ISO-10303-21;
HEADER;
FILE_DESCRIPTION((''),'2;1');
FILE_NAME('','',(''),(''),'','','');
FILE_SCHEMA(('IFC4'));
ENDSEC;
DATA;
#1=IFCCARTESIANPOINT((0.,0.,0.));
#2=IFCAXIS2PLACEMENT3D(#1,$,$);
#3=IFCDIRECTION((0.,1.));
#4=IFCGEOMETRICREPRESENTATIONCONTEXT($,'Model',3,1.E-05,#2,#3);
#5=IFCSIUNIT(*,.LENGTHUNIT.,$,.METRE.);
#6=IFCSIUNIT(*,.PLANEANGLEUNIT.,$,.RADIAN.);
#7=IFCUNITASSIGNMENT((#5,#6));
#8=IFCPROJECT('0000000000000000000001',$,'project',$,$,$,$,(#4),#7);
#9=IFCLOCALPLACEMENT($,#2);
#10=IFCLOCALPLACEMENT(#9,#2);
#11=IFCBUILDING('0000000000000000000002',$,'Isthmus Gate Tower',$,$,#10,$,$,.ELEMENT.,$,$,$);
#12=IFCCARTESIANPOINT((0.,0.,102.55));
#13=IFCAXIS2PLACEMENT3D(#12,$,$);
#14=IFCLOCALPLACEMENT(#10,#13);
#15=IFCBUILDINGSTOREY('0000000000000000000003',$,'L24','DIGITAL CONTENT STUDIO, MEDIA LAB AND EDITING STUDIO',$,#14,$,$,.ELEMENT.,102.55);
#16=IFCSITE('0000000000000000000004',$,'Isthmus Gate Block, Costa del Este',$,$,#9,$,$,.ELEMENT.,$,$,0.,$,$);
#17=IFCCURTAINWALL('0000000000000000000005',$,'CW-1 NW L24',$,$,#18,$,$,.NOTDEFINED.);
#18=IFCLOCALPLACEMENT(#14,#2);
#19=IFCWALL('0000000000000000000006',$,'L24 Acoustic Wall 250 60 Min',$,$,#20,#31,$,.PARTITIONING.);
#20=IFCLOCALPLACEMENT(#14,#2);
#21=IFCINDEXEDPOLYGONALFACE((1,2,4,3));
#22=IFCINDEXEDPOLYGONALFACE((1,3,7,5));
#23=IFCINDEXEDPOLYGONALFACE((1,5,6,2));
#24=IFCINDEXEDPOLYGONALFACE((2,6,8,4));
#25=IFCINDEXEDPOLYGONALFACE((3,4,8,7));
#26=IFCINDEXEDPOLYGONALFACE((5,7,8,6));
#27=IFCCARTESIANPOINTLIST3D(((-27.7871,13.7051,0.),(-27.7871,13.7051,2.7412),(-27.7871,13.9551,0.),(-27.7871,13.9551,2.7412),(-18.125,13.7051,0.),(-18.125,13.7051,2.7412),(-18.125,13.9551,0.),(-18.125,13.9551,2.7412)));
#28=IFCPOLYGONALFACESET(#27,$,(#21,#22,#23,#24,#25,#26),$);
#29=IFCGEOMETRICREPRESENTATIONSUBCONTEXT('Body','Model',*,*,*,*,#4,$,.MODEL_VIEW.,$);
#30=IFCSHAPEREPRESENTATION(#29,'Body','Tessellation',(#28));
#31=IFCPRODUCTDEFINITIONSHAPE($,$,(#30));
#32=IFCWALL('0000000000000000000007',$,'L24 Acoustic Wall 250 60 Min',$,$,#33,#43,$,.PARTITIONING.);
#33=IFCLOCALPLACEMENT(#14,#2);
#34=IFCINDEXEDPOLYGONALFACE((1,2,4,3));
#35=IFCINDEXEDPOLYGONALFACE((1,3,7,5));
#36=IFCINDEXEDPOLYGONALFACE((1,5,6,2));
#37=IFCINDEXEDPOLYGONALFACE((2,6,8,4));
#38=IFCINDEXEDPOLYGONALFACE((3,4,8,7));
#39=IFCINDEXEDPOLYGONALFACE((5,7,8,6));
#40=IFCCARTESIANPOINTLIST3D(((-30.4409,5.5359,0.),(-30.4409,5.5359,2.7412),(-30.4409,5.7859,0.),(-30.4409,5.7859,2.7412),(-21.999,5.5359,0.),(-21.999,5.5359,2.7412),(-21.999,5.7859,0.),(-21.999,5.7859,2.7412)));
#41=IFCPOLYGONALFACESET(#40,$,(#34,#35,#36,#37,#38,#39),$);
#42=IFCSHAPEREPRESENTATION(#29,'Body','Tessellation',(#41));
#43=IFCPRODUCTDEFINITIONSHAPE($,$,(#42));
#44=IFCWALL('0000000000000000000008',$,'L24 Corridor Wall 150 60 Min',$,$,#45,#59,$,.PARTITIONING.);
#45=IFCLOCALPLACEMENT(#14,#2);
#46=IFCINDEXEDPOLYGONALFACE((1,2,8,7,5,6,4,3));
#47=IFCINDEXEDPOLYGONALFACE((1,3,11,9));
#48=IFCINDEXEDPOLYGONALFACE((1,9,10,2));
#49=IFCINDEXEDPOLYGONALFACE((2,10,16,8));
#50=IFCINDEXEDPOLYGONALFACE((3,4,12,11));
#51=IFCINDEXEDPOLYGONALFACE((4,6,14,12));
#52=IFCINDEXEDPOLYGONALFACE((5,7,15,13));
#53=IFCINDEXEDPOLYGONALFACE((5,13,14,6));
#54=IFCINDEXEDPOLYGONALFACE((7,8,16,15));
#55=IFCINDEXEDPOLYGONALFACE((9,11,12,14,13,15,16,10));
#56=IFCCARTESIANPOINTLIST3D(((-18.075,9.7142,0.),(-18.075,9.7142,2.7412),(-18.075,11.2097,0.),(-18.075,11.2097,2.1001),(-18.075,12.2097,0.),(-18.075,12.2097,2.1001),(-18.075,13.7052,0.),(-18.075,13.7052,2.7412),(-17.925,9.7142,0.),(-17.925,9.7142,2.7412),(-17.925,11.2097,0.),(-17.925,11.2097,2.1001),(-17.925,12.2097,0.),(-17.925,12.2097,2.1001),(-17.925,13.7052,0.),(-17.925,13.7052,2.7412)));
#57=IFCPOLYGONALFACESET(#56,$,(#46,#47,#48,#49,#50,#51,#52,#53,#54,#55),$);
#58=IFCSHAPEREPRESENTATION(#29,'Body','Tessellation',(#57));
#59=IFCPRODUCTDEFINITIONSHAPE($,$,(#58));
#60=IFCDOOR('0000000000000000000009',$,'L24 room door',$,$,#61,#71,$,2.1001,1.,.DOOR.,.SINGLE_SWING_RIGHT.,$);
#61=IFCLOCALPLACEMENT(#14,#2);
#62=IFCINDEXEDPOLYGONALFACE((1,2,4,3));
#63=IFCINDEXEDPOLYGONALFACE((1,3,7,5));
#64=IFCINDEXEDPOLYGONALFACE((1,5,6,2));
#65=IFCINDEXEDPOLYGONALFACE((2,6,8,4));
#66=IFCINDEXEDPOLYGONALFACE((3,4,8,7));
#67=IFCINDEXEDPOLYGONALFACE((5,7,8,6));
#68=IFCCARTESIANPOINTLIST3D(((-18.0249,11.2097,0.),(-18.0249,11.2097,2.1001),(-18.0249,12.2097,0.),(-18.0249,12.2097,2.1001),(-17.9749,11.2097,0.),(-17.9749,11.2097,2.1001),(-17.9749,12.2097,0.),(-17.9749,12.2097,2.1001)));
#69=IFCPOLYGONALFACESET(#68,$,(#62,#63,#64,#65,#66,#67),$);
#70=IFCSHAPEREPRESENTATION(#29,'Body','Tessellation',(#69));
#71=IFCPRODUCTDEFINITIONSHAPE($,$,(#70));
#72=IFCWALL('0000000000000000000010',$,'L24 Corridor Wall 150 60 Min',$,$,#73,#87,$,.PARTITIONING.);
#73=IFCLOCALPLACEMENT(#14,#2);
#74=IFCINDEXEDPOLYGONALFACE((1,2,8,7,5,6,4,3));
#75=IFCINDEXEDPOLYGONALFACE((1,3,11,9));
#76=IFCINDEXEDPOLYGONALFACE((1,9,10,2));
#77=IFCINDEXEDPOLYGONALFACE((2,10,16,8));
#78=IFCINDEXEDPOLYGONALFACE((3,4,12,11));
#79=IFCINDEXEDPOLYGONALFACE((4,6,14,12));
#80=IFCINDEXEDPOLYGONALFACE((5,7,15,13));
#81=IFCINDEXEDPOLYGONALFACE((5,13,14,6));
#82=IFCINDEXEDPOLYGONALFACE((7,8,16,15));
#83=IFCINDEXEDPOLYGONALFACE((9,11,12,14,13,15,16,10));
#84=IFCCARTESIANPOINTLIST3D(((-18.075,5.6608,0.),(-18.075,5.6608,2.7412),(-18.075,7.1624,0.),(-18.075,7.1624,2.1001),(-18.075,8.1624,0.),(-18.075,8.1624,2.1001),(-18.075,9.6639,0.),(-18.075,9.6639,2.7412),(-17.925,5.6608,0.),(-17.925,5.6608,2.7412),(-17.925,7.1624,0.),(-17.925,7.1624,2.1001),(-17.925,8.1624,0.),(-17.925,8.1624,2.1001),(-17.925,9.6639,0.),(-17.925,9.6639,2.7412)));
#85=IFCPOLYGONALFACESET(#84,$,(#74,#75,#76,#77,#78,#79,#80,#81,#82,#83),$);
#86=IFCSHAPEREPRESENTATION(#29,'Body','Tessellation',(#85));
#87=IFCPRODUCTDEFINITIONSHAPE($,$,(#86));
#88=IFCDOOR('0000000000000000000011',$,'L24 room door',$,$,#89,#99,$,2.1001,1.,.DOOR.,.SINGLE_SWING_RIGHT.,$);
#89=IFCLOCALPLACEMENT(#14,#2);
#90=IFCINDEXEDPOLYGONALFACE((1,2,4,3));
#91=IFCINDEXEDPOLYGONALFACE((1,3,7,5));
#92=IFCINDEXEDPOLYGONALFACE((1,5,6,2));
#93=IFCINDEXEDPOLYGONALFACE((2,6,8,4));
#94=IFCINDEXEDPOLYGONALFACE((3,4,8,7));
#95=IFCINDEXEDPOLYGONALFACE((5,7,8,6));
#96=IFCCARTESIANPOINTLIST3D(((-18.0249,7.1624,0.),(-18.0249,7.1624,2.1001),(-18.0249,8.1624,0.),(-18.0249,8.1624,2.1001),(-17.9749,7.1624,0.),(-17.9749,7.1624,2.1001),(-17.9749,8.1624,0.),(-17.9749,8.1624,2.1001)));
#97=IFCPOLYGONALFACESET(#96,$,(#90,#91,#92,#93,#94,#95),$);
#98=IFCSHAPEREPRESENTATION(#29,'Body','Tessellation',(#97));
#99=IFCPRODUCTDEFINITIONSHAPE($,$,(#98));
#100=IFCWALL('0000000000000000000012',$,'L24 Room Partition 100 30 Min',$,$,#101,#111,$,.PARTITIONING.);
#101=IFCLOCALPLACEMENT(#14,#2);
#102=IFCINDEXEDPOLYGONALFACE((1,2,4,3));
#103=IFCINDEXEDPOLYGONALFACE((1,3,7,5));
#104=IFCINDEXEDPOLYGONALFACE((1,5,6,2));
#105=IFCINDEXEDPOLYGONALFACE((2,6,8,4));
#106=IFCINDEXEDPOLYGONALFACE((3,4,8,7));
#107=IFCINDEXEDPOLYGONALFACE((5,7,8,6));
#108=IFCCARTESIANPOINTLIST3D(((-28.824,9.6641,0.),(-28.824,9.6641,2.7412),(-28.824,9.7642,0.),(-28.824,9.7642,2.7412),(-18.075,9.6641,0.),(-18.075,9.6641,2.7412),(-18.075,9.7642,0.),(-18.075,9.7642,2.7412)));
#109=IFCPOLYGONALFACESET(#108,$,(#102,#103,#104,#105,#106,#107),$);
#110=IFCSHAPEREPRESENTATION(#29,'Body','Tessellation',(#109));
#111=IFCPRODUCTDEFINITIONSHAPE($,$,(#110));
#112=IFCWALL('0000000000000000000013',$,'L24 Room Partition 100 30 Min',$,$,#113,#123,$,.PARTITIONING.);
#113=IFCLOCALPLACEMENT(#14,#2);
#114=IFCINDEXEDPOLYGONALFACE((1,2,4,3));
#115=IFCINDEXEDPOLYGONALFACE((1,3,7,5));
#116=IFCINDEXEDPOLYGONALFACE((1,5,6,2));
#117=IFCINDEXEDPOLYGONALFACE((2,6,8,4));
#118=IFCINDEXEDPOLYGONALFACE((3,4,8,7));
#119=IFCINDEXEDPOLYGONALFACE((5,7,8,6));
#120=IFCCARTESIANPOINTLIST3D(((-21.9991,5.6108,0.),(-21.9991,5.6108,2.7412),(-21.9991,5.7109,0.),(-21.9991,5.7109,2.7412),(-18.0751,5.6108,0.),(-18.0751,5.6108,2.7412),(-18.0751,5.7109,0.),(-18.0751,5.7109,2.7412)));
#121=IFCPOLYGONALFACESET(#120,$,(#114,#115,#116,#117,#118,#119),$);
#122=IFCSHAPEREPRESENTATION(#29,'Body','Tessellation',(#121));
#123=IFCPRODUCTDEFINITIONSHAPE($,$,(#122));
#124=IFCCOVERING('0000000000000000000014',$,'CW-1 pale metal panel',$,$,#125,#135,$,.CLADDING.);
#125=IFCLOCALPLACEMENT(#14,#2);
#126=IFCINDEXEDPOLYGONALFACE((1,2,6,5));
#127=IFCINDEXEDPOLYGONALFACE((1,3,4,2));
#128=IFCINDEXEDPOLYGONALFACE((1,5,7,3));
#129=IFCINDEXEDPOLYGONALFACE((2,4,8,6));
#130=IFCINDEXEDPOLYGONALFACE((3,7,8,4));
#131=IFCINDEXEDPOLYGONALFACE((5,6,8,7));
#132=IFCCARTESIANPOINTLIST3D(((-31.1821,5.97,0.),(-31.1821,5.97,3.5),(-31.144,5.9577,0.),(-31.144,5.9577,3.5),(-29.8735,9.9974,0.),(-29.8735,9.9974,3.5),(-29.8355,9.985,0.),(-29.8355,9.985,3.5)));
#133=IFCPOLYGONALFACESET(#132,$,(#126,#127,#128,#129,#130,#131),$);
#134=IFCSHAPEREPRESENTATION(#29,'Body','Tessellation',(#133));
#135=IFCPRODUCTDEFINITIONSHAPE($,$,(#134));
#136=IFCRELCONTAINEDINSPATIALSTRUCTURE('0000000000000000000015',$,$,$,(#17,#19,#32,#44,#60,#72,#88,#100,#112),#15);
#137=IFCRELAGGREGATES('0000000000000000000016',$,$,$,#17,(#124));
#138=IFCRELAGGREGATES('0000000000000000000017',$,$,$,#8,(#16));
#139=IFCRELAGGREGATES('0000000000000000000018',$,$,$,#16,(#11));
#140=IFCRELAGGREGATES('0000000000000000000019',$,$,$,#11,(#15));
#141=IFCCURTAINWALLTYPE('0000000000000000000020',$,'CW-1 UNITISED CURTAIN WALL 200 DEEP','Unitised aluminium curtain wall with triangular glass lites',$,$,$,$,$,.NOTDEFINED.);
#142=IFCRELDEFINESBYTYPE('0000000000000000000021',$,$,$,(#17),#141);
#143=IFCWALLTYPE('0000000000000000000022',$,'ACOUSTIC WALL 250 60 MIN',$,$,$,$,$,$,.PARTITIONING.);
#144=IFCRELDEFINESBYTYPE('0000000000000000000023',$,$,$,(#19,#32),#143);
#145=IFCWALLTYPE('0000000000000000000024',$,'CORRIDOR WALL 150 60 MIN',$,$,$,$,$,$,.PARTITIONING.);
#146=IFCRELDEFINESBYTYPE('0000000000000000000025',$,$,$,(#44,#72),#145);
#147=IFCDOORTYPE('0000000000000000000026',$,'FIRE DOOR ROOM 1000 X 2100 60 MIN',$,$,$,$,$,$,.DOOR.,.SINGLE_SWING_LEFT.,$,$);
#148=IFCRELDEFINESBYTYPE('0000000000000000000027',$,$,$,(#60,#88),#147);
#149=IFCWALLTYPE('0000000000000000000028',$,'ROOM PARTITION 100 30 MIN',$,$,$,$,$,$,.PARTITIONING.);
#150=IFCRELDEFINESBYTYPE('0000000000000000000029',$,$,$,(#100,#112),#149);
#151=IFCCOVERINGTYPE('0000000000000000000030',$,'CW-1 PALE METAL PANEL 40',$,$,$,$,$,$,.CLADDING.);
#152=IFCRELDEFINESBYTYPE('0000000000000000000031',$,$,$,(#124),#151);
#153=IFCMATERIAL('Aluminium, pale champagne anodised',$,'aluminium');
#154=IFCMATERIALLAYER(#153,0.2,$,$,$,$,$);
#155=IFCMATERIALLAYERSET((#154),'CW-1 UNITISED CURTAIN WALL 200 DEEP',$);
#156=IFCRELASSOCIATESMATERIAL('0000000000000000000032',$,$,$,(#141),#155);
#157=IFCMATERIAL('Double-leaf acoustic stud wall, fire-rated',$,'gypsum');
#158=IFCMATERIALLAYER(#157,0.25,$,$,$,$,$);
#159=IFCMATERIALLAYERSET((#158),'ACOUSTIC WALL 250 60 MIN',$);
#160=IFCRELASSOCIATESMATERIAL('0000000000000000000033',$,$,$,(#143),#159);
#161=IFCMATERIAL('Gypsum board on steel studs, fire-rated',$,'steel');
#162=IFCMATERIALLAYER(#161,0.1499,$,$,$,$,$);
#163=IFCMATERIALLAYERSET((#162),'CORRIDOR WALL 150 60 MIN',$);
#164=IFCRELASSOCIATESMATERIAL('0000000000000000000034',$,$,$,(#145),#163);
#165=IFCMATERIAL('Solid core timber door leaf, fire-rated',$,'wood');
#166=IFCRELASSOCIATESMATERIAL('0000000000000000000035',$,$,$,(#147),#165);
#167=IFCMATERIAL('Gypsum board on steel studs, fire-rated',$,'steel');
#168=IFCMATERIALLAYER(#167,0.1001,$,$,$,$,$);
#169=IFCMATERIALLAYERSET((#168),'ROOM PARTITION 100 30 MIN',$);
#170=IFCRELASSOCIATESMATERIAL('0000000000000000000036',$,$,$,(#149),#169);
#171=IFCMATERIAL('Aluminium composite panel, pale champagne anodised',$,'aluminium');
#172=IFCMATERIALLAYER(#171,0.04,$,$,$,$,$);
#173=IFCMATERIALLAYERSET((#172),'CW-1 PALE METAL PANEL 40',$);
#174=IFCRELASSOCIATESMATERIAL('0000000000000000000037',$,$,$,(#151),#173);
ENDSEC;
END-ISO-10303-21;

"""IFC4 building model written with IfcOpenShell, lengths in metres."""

from ifc_helpers import new_model, si_unit, direction, frame, frame_2d, origin, origin_2d, place, context, subcontext, project, spatial, rectangle, extrude, material, layer, layer_set, type_object, element, fill, aggregate, save


model = new_model("IFC4")

# Units and contexts
model_context = context("Model", 3, precision=1e-05, world=origin(), true_north=direction((0.0, 1.0)))
body_context = subcontext(model_context, "Body", "Model", "MODEL_VIEW")
ifc_project = project(units=[si_unit("LENGTHUNIT", "METRE"), si_unit("PLANEANGLEUNIT", "RADIAN")], contexts=[model_context])

# Site, building, storey
site_placement = place(None, origin())
site = spatial("IfcSite", under=ifc_project, at=site_placement, Name="Isthmus Gate Block, Costa del Este", CompositionType="ELEMENT", RefElevation=0.0)
building_placement = place(site_placement, origin())
building = spatial("IfcBuilding", under=site, at=building_placement, Name="Isthmus Gate Tower", CompositionType="ELEMENT")
storey_placement = place(building_placement, frame((0.0, 0.0, 102.55)))
storey = spatial("IfcBuildingStorey", under=building, at=storey_placement, Name="L24", Description="DIGITAL CONTENT STUDIO, MEDIA LAB AND EDITING STUDIO", CompositionType="ELEMENT", Elevation=102.55)

# Curtain wall
ifc_material_1 = material(Name="Aluminium, pale champagne anodised", Category="aluminium")
ifc_layer_1 = layer(ifc_material_1, 0.2)
ifc_layer_set_1 = layer_set([ifc_layer_1], Name="CW-1 UNITISED CURTAIN WALL 200 DEEP")
curtain_wall_type = type_object("IfcCurtainWallType", Name="CW-1 UNITISED CURTAIN WALL 200 DEEP", Description="Unitised aluminium curtain wall with triangular glass lites", PredefinedType="NOTDEFINED", material=ifc_layer_set_1)
curtain_wall_placement = place(storey_placement, origin())
curtain_wall = element("IfcCurtainWall", 1, at=curtain_wall_placement, inside=storey, type_object=curtain_wall_type, Name="CW-1 NW L24", PredefinedType="NOTDEFINED")

# Walls
ifc_material_2 = material(Name="Double-leaf acoustic stud wall, fire-rated", Category="gypsum")
ifc_layer_2 = layer(ifc_material_2, 0.25)
ifc_layer_set_2 = layer_set([ifc_layer_2], Name="ACOUSTIC WALL 250 60 MIN")
wall_type_1 = type_object("IfcWallType", Name="ACOUSTIC WALL 250 60 MIN", PredefinedType="PARTITIONING", material=ifc_layer_set_2)
wall_1_placement = place(storey_placement, frame((-27.7871, 13.8301, 0.0), z_axis=(0.0, 0.0, 1.0), x_axis=(1.0, 0.0, 0.0)))
element("IfcWall", 2, at=wall_1_placement, inside=storey, type_object=wall_type_1, Name="L24 Acoustic Wall 250 60 Min", PredefinedType="PARTITIONING", context=body_context, shape_type="SweptSolid", body=[
    extrude(rectangle(XDim=9.6621, YDim=0.25, at=frame_2d((4.8311, 0.0))), origin(), (0.0, 0.0, 1.0), 2.7412),
])
wall_2_placement = place(storey_placement, frame((-30.4409, 5.6609, 0.0), z_axis=(0.0, 0.0, 1.0), x_axis=(1.0, 0.0, 0.0)))
element("IfcWall", 3, at=wall_2_placement, inside=storey, type_object=wall_type_1, Name="L24 Acoustic Wall 250 60 Min", PredefinedType="PARTITIONING", context=body_context, shape_type="SweptSolid", body=[
    extrude(rectangle(XDim=8.4419, YDim=0.25, at=frame_2d((4.2209, 0.0))), origin(), (0.0, 0.0, 1.0), 2.7412),
])

# Walls, openings, doors
ifc_material_3 = material(Name="Gypsum board on steel studs, fire-rated", Category="steel")
ifc_layer_3 = layer(ifc_material_3, 0.1499)
ifc_layer_set_3 = layer_set([ifc_layer_3], Name="CORRIDOR WALL 150 60 MIN")
wall_type_2 = type_object("IfcWallType", Name="CORRIDOR WALL 150 60 MIN", PredefinedType="PARTITIONING", material=ifc_layer_set_3)
wall_3_placement = place(storey_placement, frame((-18.0, 9.7141, 0.0), z_axis=(0.0, 0.0, 1.0), x_axis=(0.0, 1.0, 0.0)))
wall_3 = element("IfcWall", 4, at=wall_3_placement, inside=storey, type_object=wall_type_2, Name="L24 Corridor Wall 150 60 Min", PredefinedType="PARTITIONING", context=body_context, shape_type="SweptSolid", body=[
    extrude(rectangle(XDim=3.991, YDim=0.1499, at=frame_2d((1.9956, 0.0))), origin(), (0.0, 0.0, 1.0), 2.7412),
])
opening_1_placement = place(wall_3_placement, frame((1.4956, 0.0, 0.0)))
opening_1 = element("IfcOpeningElement", 5, at=opening_1_placement, cuts=wall_3, PredefinedType="OPENING", context=body_context, shape_type="SweptSolid", body=[
    extrude(rectangle(XDim=1.0, YDim=2.1001, at=frame_2d((0.5, 1.05))), frame((0.0, 0.085, 0.0), z_axis=(0.0, -1.0, 0.0), x_axis=(1.0, 0.0, 0.0)), (0.0, 0.0, 1.0), 0.1699),
])
ifc_material_4 = material(Name="Solid core timber door leaf, fire-rated", Category="wood")
door_type = type_object("IfcDoorType", Name="FIRE DOOR ROOM 1000 X 2100 60 MIN", OperationType="SINGLE_SWING_LEFT", PredefinedType="DOOR", material=ifc_material_4)
door_1_placement = place(opening_1_placement, origin())
door_1 = element("IfcDoor", 6, at=door_1_placement, inside=storey, type_object=door_type, Name="L24 room door", OperationType="SINGLE_SWING_RIGHT", OverallHeight=2.1001, OverallWidth=1.0, PredefinedType="DOOR", context=body_context, shape_type="SweptSolid", body=[
    extrude(rectangle(XDim=1.0, YDim=2.1001, at=frame_2d((0.5, 1.05))), frame((0.0, 0.0249, 0.0), z_axis=(0.0, -1.0, 0.0), x_axis=(1.0, 0.0, 0.0)), (0.0, 0.0, 1.0), 0.05),
])
fill(opening_1, door_1)
wall_4_placement = place(storey_placement, frame((-18.0, 5.6609, 0.0), z_axis=(0.0, 0.0, 1.0), x_axis=(0.0, 1.0, 0.0)))
wall_4 = element("IfcWall", 7, at=wall_4_placement, inside=storey, type_object=wall_type_2, Name="L24 Corridor Wall 150 60 Min", PredefinedType="PARTITIONING", context=body_context, shape_type="SweptSolid", body=[
    extrude(rectangle(XDim=4.0032, YDim=0.1499, at=frame_2d((2.0015, 0.0))), origin(), (0.0, 0.0, 1.0), 2.7412),
])
opening_2_placement = place(wall_4_placement, frame((1.5015, 0.0, 0.0)))
opening_2 = element("IfcOpeningElement", 8, at=opening_2_placement, cuts=wall_4, PredefinedType="OPENING", context=body_context, shape_type="SweptSolid", body=[
    extrude(rectangle(XDim=1.0, YDim=2.1001, at=frame_2d((0.5, 1.05))), frame((0.0, 0.085, 0.0), z_axis=(0.0, -1.0, 0.0), x_axis=(1.0, 0.0, 0.0)), (0.0, 0.0, 1.0), 0.1699),
])
door_2_placement = place(opening_2_placement, origin())
door_2 = element("IfcDoor", 9, at=door_2_placement, inside=storey, type_object=door_type, Name="L24 room door", OperationType="SINGLE_SWING_RIGHT", OverallHeight=2.1001, OverallWidth=1.0, PredefinedType="DOOR", context=body_context, shape_type="SweptSolid", body=[
    extrude(rectangle(XDim=1.0, YDim=2.1001, at=frame_2d((0.5, 1.05))), frame((0.0, 0.0249, 0.0), z_axis=(0.0, -1.0, 0.0), x_axis=(1.0, 0.0, 0.0)), (0.0, 0.0, 1.0), 0.05),
])
fill(opening_2, door_2)

# Walls
ifc_material_5 = material(Name="Gypsum board on steel studs, fire-rated", Category="steel")
ifc_layer_4 = layer(ifc_material_5, 0.1001)
ifc_layer_set_4 = layer_set([ifc_layer_4], Name="ROOM PARTITION 100 30 MIN")
wall_type_3 = type_object("IfcWallType", Name="ROOM PARTITION 100 30 MIN", PredefinedType="PARTITIONING", material=ifc_layer_set_4)
wall_5_placement = place(storey_placement, frame((-28.824, 9.7141, 0.0), z_axis=(0.0, 0.0, 1.0), x_axis=(1.0, 0.0, 0.0)))
element("IfcWall", 10, at=wall_5_placement, inside=storey, type_object=wall_type_3, Name="L24 Room Partition 100 30 Min", PredefinedType="PARTITIONING", context=body_context, shape_type="SweptSolid", body=[
    extrude(rectangle(XDim=10.749, YDim=0.1001, at=frame_2d((5.3745, 0.0))), origin(), (0.0, 0.0, 1.0), 2.7412),
])
wall_6_placement = place(storey_placement, frame((-21.999, 5.6609, 0.0), z_axis=(0.0, 0.0, 1.0), x_axis=(1.0, 0.0, 0.0)))
element("IfcWall", 11, at=wall_6_placement, inside=storey, type_object=wall_type_3, Name="L24 Room Partition 100 30 Min", PredefinedType="PARTITIONING", context=body_context, shape_type="SweptSolid", body=[
    extrude(rectangle(XDim=3.9241, YDim=0.1001, at=frame_2d((1.9619, 0.0))), origin(), (0.0, 0.0, 1.0), 2.7412),
])

# Covering
ifc_material_6 = material(Name="Aluminium composite panel, pale champagne anodised", Category="aluminium")
ifc_layer_5 = layer(ifc_material_6, 0.04)
ifc_layer_set_5 = layer_set([ifc_layer_5], Name="CW-1 PALE METAL PANEL 40")
covering_type = type_object("IfcCoveringType", Name="CW-1 PALE METAL PANEL 40", PredefinedType="CLADDING", material=ifc_layer_set_5)
covering_placement = place(storey_placement, frame((-30.5088, 7.9775, 0.0), z_axis=(0.0, 0.0, 1.0), x_axis=(-0.309017, -0.951057, 0.0)))
covering = element("IfcCovering", 12, at=covering_placement, type_object=covering_type, Name="CW-1 pale metal panel", PredefinedType="CLADDING", context=body_context, shape_type="SweptSolid", body=[
    extrude(rectangle(XDim=4.2346, YDim=0.04, at=origin_2d()), origin(), (0.0, 0.0, 1.0), 3.5),
])
aggregate(curtain_wall, [covering])

save(model, "model.ifc")
